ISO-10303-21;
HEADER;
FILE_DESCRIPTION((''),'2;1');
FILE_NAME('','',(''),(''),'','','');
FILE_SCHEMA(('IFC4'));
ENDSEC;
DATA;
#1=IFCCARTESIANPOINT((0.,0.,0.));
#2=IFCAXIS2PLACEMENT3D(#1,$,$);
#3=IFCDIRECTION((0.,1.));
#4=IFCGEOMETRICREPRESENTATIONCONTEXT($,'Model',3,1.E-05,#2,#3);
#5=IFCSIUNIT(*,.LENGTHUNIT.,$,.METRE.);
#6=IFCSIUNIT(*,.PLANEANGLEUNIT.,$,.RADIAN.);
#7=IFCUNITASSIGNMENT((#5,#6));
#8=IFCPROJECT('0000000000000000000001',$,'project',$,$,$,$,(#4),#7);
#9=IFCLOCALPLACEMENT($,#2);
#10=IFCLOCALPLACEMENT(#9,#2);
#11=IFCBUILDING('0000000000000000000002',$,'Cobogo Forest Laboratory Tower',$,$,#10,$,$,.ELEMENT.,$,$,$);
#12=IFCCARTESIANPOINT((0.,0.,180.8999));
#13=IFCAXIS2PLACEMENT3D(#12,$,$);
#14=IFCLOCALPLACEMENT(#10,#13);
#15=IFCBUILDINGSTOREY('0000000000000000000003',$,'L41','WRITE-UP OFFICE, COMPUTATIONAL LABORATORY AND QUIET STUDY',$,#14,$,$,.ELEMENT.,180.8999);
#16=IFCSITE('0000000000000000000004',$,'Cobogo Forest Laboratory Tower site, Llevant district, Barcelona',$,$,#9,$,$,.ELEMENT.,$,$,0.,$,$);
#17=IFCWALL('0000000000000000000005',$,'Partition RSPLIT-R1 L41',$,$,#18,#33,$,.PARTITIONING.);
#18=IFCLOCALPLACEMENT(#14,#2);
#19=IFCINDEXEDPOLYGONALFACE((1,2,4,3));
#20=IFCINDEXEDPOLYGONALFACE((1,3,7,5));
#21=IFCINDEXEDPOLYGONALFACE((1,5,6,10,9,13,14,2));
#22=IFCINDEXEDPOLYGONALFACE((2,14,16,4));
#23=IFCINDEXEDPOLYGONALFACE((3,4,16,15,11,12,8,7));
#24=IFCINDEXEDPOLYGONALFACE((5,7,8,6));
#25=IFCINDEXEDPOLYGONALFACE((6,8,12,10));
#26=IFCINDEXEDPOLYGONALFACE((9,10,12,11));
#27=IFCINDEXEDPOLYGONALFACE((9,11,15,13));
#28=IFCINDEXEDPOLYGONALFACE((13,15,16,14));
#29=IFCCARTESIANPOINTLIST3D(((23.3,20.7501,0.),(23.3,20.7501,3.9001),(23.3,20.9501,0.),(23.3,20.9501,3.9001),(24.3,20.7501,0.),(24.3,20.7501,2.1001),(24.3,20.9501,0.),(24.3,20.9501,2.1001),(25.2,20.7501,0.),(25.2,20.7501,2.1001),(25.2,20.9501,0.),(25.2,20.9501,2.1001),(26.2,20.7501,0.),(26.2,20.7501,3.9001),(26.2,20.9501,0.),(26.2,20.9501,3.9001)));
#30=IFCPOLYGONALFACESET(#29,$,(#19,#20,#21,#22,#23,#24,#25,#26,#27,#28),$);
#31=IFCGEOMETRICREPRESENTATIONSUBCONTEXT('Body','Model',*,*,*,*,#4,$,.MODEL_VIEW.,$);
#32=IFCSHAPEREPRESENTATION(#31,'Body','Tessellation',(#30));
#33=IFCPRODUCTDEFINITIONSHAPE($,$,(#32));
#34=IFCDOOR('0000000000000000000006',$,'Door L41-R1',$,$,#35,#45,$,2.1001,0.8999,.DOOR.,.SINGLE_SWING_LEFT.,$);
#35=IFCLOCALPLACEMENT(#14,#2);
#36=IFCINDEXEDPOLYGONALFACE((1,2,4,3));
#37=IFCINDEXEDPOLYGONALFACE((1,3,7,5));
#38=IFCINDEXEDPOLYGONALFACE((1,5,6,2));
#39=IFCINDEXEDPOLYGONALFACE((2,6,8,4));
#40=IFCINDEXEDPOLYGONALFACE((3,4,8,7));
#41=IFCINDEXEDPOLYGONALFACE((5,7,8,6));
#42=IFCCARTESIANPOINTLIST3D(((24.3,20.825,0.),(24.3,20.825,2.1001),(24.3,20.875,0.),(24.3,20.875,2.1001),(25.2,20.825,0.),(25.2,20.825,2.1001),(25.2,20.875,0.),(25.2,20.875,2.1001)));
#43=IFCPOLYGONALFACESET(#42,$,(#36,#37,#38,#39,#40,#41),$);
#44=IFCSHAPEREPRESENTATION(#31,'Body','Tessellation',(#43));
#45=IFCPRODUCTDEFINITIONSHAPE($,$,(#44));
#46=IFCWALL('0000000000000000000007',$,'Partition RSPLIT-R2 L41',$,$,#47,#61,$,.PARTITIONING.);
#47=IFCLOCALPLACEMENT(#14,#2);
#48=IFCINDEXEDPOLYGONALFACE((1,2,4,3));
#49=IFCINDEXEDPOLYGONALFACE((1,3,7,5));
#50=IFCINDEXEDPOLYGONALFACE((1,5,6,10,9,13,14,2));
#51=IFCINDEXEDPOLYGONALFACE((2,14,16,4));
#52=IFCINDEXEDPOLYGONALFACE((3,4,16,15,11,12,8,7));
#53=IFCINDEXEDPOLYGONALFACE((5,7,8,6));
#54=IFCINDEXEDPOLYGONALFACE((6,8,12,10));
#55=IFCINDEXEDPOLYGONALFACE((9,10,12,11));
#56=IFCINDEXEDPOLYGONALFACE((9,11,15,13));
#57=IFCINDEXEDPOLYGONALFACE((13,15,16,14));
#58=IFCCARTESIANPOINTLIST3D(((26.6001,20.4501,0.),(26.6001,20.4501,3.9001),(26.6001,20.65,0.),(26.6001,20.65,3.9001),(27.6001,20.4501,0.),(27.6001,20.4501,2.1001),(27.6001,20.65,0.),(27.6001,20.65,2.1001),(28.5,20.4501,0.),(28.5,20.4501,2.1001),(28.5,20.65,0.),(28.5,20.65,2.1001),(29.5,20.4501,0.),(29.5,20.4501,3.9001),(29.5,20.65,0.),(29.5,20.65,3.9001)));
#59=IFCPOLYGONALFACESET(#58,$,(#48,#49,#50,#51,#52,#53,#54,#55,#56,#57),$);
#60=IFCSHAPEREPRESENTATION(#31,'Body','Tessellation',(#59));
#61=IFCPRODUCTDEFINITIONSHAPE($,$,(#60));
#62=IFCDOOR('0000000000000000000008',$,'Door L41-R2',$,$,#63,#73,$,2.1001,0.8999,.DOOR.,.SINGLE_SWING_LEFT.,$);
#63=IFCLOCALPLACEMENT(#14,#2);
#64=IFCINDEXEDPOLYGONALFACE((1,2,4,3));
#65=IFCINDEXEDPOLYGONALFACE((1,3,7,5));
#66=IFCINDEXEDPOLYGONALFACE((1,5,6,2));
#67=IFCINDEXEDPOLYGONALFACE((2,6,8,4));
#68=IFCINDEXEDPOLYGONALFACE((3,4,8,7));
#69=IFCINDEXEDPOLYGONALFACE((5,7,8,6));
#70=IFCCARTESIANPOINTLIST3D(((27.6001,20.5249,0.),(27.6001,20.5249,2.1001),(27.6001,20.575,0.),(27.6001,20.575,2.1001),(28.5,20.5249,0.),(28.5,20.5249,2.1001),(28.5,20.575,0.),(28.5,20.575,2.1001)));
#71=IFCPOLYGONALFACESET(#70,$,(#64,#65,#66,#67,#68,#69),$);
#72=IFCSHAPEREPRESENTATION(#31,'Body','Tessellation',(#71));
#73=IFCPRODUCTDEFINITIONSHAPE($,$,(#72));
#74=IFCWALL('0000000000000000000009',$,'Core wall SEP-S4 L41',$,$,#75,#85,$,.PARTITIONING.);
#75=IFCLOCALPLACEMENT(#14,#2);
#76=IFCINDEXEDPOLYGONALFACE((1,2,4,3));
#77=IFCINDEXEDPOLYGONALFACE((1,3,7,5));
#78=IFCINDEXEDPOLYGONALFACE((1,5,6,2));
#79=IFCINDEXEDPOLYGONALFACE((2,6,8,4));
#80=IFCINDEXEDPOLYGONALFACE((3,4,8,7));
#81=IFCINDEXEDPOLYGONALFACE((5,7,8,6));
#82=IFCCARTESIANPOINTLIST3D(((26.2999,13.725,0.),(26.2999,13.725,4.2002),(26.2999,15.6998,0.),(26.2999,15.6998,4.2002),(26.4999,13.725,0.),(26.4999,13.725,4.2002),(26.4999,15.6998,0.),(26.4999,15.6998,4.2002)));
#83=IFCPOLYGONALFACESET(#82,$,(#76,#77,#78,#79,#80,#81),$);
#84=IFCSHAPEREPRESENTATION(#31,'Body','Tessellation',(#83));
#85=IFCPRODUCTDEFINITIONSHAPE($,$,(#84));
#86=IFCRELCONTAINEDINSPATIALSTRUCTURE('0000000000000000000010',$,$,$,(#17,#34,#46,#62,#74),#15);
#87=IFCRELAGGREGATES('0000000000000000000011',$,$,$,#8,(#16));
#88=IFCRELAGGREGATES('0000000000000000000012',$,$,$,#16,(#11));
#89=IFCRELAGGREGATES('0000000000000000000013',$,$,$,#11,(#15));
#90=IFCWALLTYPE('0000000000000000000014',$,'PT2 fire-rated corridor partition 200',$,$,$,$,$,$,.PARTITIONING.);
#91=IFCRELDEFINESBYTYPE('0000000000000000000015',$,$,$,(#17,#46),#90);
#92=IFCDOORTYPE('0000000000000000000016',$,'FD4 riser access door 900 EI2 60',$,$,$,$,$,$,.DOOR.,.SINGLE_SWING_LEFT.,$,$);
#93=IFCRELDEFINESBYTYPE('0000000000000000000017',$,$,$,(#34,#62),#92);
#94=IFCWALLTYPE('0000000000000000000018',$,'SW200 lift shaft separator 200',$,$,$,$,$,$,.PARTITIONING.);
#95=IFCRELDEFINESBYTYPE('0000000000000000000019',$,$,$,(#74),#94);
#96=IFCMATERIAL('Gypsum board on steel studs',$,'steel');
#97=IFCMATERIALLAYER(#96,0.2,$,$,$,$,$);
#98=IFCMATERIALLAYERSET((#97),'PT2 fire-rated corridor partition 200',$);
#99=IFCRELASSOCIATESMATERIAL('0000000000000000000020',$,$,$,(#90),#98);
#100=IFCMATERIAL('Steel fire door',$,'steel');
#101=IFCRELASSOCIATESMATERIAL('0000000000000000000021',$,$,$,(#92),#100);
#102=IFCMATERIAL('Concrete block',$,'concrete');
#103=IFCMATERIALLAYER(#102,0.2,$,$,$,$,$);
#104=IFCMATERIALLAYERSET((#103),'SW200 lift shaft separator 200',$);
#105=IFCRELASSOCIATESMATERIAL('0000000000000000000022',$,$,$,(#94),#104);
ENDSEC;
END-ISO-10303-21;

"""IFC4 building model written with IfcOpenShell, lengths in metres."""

from ifc_helpers import new_model, si_unit, direction, frame, frame_2d, origin, place, context, subcontext, project, spatial, rectangle, extrude, material, layer, layer_set, type_object, element, fill, save


model = new_model("IFC4")

# Units and contexts
model_context = context("Model", 3, precision=1e-05, world=origin(), true_north=direction((0.0, 1.0)))
body_context = subcontext(model_context, "Body", "Model", "MODEL_VIEW")
ifc_project = project(units=[si_unit("LENGTHUNIT", "METRE"), si_unit("PLANEANGLEUNIT", "RADIAN")], contexts=[model_context])

# Site, building, storey
site_placement = place(None, origin())
site = spatial("IfcSite", under=ifc_project, at=site_placement, Name="Cobogo Forest Laboratory Tower site, Llevant district, Barcelona", CompositionType="ELEMENT", RefElevation=0.0)
building_placement = place(site_placement, origin())
building = spatial("IfcBuilding", under=site, at=building_placement, Name="Cobogo Forest Laboratory Tower", CompositionType="ELEMENT")
storey_placement = place(building_placement, frame((0.0, 0.0, 180.8999)))
storey = spatial("IfcBuildingStorey", under=building, at=storey_placement, Name="L41", Description="WRITE-UP OFFICE, COMPUTATIONAL LABORATORY AND QUIET STUDY", CompositionType="ELEMENT", Elevation=180.8999)

# Shared definitions
ifc_material_1 = material(Name="Gypsum board on steel studs", Category="steel")

# Walls, openings, doors
ifc_layer_1 = layer(ifc_material_1, 0.2)
ifc_layer_set_1 = layer_set([ifc_layer_1], Name="PT2 fire-rated corridor partition 200")
wall_type_1 = type_object("IfcWallType", Name="PT2 fire-rated corridor partition 200", PredefinedType="PARTITIONING", material=ifc_layer_set_1)
wall_1_placement = place(storey_placement, frame((23.3, 20.8501, 0.0), z_axis=(0.0, 0.0, 1.0), x_axis=(1.0, 0.0, 0.0)))
wall_1 = element("IfcWall", 1, at=wall_1_placement, inside=storey, type_object=wall_type_1, Name="Partition RSPLIT-R1 L41", PredefinedType="PARTITIONING", context=body_context, shape_type="SweptSolid", body=[
    extrude(rectangle(XDim=2.8999, YDim=0.2, at=frame_2d((1.45, 0.0))), origin(), (0.0, 0.0, 1.0), 3.9001),
])
opening_1_placement = place(wall_1_placement, frame((1.0, 0.0, 0.0)))
opening_1 = element("IfcOpeningElement", 2, at=opening_1_placement, cuts=wall_1, PredefinedType="OPENING", context=body_context, shape_type="SweptSolid", body=[
    extrude(rectangle(XDim=0.8999, YDim=2.1001, at=frame_2d((0.45, 1.05))), frame((0.0, 0.1099, 0.0), z_axis=(0.0, -1.0, 0.0), x_axis=(1.0, 0.0, 0.0)), (0.0, 0.0, 1.0), 0.22),
])
ifc_material_2 = material(Name="Steel fire door", Category="steel")
door_type_1 = type_object("IfcDoorType", Name="FD4 riser access door 900 EI2 60", OperationType="SINGLE_SWING_LEFT", PredefinedType="DOOR", material=ifc_material_2)
door_1_placement = place(opening_1_placement, origin())
door_1 = element("IfcDoor", 3, at=door_1_placement, inside=storey, type_object=door_type_1, Name="Door L41-R1", OperationType="SINGLE_SWING_LEFT", OverallHeight=2.1001, OverallWidth=0.8999, PredefinedType="DOOR", context=body_context, shape_type="SweptSolid", body=[
    extrude(rectangle(XDim=0.8999, YDim=2.1001, at=frame_2d((0.45, 1.05))), frame((0.0, 0.0249, 0.0), z_axis=(0.0, -1.0, 0.0), x_axis=(1.0, 0.0, 0.0)), (0.0, 0.0, 1.0), 0.05),
])
fill(opening_1, door_1)
wall_2_placement = place(storey_placement, frame((26.6001, 20.55, 0.0), z_axis=(0.0, 0.0, 1.0), x_axis=(1.0, 0.0, 0.0)))
wall_2 = element("IfcWall", 4, at=wall_2_placement, inside=storey, type_object=wall_type_1, Name="Partition RSPLIT-R2 L41", PredefinedType="PARTITIONING", context=body_context, shape_type="SweptSolid", body=[
    extrude(rectangle(XDim=2.8999, YDim=0.2, at=frame_2d((1.45, 0.0))), origin(), (0.0, 0.0, 1.0), 3.9001),
])
opening_2_placement = place(wall_2_placement, frame((1.0, 0.0, 0.0)))
opening_2 = element("IfcOpeningElement", 5, at=opening_2_placement, cuts=wall_2, PredefinedType="OPENING", context=body_context, shape_type="SweptSolid", body=[
    extrude(rectangle(XDim=0.8999, YDim=2.1001, at=frame_2d((0.45, 1.05))), frame((0.0, 0.1099, 0.0), z_axis=(0.0, -1.0, 0.0), x_axis=(1.0, 0.0, 0.0)), (0.0, 0.0, 1.0), 0.22),
])
door_2_placement = place(opening_2_placement, origin())
door_2 = element("IfcDoor", 6, at=door_2_placement, inside=storey, type_object=door_type_1, Name="Door L41-R2", OperationType="SINGLE_SWING_LEFT", OverallHeight=2.1001, OverallWidth=0.8999, PredefinedType="DOOR", context=body_context, shape_type="SweptSolid", body=[
    extrude(rectangle(XDim=0.8999, YDim=2.1001, at=frame_2d((0.45, 1.05))), frame((0.0, 0.0249, 0.0), z_axis=(0.0, -1.0, 0.0), x_axis=(1.0, 0.0, 0.0)), (0.0, 0.0, 1.0), 0.05),
])
fill(opening_2, door_2)

# Wall
ifc_material_3 = material(Name="Concrete block", Category="concrete")
ifc_layer_2 = layer(ifc_material_3, 0.2)
ifc_layer_set_2 = layer_set([ifc_layer_2], Name="SW200 lift shaft separator 200")
wall_type_2 = type_object("IfcWallType", Name="SW200 lift shaft separator 200", PredefinedType="PARTITIONING", material=ifc_layer_set_2)
wall_3_placement = place(storey_placement, frame((26.3999, 13.7251, 0.0), z_axis=(0.0, 0.0, 1.0), x_axis=(0.0, 1.0, 0.0)))
element("IfcWall", 7, at=wall_3_placement, inside=storey, type_object=wall_type_2, Name="Core wall SEP-S4 L41", PredefinedType="PARTITIONING", context=body_context, shape_type="SweptSolid", body=[
    extrude(rectangle(XDim=1.9749, YDim=0.2, at=frame_2d((0.9873, 0.0))), origin(), (0.0, 0.0, 1.0), 4.2002),
])

save(model, "model.ifc")
